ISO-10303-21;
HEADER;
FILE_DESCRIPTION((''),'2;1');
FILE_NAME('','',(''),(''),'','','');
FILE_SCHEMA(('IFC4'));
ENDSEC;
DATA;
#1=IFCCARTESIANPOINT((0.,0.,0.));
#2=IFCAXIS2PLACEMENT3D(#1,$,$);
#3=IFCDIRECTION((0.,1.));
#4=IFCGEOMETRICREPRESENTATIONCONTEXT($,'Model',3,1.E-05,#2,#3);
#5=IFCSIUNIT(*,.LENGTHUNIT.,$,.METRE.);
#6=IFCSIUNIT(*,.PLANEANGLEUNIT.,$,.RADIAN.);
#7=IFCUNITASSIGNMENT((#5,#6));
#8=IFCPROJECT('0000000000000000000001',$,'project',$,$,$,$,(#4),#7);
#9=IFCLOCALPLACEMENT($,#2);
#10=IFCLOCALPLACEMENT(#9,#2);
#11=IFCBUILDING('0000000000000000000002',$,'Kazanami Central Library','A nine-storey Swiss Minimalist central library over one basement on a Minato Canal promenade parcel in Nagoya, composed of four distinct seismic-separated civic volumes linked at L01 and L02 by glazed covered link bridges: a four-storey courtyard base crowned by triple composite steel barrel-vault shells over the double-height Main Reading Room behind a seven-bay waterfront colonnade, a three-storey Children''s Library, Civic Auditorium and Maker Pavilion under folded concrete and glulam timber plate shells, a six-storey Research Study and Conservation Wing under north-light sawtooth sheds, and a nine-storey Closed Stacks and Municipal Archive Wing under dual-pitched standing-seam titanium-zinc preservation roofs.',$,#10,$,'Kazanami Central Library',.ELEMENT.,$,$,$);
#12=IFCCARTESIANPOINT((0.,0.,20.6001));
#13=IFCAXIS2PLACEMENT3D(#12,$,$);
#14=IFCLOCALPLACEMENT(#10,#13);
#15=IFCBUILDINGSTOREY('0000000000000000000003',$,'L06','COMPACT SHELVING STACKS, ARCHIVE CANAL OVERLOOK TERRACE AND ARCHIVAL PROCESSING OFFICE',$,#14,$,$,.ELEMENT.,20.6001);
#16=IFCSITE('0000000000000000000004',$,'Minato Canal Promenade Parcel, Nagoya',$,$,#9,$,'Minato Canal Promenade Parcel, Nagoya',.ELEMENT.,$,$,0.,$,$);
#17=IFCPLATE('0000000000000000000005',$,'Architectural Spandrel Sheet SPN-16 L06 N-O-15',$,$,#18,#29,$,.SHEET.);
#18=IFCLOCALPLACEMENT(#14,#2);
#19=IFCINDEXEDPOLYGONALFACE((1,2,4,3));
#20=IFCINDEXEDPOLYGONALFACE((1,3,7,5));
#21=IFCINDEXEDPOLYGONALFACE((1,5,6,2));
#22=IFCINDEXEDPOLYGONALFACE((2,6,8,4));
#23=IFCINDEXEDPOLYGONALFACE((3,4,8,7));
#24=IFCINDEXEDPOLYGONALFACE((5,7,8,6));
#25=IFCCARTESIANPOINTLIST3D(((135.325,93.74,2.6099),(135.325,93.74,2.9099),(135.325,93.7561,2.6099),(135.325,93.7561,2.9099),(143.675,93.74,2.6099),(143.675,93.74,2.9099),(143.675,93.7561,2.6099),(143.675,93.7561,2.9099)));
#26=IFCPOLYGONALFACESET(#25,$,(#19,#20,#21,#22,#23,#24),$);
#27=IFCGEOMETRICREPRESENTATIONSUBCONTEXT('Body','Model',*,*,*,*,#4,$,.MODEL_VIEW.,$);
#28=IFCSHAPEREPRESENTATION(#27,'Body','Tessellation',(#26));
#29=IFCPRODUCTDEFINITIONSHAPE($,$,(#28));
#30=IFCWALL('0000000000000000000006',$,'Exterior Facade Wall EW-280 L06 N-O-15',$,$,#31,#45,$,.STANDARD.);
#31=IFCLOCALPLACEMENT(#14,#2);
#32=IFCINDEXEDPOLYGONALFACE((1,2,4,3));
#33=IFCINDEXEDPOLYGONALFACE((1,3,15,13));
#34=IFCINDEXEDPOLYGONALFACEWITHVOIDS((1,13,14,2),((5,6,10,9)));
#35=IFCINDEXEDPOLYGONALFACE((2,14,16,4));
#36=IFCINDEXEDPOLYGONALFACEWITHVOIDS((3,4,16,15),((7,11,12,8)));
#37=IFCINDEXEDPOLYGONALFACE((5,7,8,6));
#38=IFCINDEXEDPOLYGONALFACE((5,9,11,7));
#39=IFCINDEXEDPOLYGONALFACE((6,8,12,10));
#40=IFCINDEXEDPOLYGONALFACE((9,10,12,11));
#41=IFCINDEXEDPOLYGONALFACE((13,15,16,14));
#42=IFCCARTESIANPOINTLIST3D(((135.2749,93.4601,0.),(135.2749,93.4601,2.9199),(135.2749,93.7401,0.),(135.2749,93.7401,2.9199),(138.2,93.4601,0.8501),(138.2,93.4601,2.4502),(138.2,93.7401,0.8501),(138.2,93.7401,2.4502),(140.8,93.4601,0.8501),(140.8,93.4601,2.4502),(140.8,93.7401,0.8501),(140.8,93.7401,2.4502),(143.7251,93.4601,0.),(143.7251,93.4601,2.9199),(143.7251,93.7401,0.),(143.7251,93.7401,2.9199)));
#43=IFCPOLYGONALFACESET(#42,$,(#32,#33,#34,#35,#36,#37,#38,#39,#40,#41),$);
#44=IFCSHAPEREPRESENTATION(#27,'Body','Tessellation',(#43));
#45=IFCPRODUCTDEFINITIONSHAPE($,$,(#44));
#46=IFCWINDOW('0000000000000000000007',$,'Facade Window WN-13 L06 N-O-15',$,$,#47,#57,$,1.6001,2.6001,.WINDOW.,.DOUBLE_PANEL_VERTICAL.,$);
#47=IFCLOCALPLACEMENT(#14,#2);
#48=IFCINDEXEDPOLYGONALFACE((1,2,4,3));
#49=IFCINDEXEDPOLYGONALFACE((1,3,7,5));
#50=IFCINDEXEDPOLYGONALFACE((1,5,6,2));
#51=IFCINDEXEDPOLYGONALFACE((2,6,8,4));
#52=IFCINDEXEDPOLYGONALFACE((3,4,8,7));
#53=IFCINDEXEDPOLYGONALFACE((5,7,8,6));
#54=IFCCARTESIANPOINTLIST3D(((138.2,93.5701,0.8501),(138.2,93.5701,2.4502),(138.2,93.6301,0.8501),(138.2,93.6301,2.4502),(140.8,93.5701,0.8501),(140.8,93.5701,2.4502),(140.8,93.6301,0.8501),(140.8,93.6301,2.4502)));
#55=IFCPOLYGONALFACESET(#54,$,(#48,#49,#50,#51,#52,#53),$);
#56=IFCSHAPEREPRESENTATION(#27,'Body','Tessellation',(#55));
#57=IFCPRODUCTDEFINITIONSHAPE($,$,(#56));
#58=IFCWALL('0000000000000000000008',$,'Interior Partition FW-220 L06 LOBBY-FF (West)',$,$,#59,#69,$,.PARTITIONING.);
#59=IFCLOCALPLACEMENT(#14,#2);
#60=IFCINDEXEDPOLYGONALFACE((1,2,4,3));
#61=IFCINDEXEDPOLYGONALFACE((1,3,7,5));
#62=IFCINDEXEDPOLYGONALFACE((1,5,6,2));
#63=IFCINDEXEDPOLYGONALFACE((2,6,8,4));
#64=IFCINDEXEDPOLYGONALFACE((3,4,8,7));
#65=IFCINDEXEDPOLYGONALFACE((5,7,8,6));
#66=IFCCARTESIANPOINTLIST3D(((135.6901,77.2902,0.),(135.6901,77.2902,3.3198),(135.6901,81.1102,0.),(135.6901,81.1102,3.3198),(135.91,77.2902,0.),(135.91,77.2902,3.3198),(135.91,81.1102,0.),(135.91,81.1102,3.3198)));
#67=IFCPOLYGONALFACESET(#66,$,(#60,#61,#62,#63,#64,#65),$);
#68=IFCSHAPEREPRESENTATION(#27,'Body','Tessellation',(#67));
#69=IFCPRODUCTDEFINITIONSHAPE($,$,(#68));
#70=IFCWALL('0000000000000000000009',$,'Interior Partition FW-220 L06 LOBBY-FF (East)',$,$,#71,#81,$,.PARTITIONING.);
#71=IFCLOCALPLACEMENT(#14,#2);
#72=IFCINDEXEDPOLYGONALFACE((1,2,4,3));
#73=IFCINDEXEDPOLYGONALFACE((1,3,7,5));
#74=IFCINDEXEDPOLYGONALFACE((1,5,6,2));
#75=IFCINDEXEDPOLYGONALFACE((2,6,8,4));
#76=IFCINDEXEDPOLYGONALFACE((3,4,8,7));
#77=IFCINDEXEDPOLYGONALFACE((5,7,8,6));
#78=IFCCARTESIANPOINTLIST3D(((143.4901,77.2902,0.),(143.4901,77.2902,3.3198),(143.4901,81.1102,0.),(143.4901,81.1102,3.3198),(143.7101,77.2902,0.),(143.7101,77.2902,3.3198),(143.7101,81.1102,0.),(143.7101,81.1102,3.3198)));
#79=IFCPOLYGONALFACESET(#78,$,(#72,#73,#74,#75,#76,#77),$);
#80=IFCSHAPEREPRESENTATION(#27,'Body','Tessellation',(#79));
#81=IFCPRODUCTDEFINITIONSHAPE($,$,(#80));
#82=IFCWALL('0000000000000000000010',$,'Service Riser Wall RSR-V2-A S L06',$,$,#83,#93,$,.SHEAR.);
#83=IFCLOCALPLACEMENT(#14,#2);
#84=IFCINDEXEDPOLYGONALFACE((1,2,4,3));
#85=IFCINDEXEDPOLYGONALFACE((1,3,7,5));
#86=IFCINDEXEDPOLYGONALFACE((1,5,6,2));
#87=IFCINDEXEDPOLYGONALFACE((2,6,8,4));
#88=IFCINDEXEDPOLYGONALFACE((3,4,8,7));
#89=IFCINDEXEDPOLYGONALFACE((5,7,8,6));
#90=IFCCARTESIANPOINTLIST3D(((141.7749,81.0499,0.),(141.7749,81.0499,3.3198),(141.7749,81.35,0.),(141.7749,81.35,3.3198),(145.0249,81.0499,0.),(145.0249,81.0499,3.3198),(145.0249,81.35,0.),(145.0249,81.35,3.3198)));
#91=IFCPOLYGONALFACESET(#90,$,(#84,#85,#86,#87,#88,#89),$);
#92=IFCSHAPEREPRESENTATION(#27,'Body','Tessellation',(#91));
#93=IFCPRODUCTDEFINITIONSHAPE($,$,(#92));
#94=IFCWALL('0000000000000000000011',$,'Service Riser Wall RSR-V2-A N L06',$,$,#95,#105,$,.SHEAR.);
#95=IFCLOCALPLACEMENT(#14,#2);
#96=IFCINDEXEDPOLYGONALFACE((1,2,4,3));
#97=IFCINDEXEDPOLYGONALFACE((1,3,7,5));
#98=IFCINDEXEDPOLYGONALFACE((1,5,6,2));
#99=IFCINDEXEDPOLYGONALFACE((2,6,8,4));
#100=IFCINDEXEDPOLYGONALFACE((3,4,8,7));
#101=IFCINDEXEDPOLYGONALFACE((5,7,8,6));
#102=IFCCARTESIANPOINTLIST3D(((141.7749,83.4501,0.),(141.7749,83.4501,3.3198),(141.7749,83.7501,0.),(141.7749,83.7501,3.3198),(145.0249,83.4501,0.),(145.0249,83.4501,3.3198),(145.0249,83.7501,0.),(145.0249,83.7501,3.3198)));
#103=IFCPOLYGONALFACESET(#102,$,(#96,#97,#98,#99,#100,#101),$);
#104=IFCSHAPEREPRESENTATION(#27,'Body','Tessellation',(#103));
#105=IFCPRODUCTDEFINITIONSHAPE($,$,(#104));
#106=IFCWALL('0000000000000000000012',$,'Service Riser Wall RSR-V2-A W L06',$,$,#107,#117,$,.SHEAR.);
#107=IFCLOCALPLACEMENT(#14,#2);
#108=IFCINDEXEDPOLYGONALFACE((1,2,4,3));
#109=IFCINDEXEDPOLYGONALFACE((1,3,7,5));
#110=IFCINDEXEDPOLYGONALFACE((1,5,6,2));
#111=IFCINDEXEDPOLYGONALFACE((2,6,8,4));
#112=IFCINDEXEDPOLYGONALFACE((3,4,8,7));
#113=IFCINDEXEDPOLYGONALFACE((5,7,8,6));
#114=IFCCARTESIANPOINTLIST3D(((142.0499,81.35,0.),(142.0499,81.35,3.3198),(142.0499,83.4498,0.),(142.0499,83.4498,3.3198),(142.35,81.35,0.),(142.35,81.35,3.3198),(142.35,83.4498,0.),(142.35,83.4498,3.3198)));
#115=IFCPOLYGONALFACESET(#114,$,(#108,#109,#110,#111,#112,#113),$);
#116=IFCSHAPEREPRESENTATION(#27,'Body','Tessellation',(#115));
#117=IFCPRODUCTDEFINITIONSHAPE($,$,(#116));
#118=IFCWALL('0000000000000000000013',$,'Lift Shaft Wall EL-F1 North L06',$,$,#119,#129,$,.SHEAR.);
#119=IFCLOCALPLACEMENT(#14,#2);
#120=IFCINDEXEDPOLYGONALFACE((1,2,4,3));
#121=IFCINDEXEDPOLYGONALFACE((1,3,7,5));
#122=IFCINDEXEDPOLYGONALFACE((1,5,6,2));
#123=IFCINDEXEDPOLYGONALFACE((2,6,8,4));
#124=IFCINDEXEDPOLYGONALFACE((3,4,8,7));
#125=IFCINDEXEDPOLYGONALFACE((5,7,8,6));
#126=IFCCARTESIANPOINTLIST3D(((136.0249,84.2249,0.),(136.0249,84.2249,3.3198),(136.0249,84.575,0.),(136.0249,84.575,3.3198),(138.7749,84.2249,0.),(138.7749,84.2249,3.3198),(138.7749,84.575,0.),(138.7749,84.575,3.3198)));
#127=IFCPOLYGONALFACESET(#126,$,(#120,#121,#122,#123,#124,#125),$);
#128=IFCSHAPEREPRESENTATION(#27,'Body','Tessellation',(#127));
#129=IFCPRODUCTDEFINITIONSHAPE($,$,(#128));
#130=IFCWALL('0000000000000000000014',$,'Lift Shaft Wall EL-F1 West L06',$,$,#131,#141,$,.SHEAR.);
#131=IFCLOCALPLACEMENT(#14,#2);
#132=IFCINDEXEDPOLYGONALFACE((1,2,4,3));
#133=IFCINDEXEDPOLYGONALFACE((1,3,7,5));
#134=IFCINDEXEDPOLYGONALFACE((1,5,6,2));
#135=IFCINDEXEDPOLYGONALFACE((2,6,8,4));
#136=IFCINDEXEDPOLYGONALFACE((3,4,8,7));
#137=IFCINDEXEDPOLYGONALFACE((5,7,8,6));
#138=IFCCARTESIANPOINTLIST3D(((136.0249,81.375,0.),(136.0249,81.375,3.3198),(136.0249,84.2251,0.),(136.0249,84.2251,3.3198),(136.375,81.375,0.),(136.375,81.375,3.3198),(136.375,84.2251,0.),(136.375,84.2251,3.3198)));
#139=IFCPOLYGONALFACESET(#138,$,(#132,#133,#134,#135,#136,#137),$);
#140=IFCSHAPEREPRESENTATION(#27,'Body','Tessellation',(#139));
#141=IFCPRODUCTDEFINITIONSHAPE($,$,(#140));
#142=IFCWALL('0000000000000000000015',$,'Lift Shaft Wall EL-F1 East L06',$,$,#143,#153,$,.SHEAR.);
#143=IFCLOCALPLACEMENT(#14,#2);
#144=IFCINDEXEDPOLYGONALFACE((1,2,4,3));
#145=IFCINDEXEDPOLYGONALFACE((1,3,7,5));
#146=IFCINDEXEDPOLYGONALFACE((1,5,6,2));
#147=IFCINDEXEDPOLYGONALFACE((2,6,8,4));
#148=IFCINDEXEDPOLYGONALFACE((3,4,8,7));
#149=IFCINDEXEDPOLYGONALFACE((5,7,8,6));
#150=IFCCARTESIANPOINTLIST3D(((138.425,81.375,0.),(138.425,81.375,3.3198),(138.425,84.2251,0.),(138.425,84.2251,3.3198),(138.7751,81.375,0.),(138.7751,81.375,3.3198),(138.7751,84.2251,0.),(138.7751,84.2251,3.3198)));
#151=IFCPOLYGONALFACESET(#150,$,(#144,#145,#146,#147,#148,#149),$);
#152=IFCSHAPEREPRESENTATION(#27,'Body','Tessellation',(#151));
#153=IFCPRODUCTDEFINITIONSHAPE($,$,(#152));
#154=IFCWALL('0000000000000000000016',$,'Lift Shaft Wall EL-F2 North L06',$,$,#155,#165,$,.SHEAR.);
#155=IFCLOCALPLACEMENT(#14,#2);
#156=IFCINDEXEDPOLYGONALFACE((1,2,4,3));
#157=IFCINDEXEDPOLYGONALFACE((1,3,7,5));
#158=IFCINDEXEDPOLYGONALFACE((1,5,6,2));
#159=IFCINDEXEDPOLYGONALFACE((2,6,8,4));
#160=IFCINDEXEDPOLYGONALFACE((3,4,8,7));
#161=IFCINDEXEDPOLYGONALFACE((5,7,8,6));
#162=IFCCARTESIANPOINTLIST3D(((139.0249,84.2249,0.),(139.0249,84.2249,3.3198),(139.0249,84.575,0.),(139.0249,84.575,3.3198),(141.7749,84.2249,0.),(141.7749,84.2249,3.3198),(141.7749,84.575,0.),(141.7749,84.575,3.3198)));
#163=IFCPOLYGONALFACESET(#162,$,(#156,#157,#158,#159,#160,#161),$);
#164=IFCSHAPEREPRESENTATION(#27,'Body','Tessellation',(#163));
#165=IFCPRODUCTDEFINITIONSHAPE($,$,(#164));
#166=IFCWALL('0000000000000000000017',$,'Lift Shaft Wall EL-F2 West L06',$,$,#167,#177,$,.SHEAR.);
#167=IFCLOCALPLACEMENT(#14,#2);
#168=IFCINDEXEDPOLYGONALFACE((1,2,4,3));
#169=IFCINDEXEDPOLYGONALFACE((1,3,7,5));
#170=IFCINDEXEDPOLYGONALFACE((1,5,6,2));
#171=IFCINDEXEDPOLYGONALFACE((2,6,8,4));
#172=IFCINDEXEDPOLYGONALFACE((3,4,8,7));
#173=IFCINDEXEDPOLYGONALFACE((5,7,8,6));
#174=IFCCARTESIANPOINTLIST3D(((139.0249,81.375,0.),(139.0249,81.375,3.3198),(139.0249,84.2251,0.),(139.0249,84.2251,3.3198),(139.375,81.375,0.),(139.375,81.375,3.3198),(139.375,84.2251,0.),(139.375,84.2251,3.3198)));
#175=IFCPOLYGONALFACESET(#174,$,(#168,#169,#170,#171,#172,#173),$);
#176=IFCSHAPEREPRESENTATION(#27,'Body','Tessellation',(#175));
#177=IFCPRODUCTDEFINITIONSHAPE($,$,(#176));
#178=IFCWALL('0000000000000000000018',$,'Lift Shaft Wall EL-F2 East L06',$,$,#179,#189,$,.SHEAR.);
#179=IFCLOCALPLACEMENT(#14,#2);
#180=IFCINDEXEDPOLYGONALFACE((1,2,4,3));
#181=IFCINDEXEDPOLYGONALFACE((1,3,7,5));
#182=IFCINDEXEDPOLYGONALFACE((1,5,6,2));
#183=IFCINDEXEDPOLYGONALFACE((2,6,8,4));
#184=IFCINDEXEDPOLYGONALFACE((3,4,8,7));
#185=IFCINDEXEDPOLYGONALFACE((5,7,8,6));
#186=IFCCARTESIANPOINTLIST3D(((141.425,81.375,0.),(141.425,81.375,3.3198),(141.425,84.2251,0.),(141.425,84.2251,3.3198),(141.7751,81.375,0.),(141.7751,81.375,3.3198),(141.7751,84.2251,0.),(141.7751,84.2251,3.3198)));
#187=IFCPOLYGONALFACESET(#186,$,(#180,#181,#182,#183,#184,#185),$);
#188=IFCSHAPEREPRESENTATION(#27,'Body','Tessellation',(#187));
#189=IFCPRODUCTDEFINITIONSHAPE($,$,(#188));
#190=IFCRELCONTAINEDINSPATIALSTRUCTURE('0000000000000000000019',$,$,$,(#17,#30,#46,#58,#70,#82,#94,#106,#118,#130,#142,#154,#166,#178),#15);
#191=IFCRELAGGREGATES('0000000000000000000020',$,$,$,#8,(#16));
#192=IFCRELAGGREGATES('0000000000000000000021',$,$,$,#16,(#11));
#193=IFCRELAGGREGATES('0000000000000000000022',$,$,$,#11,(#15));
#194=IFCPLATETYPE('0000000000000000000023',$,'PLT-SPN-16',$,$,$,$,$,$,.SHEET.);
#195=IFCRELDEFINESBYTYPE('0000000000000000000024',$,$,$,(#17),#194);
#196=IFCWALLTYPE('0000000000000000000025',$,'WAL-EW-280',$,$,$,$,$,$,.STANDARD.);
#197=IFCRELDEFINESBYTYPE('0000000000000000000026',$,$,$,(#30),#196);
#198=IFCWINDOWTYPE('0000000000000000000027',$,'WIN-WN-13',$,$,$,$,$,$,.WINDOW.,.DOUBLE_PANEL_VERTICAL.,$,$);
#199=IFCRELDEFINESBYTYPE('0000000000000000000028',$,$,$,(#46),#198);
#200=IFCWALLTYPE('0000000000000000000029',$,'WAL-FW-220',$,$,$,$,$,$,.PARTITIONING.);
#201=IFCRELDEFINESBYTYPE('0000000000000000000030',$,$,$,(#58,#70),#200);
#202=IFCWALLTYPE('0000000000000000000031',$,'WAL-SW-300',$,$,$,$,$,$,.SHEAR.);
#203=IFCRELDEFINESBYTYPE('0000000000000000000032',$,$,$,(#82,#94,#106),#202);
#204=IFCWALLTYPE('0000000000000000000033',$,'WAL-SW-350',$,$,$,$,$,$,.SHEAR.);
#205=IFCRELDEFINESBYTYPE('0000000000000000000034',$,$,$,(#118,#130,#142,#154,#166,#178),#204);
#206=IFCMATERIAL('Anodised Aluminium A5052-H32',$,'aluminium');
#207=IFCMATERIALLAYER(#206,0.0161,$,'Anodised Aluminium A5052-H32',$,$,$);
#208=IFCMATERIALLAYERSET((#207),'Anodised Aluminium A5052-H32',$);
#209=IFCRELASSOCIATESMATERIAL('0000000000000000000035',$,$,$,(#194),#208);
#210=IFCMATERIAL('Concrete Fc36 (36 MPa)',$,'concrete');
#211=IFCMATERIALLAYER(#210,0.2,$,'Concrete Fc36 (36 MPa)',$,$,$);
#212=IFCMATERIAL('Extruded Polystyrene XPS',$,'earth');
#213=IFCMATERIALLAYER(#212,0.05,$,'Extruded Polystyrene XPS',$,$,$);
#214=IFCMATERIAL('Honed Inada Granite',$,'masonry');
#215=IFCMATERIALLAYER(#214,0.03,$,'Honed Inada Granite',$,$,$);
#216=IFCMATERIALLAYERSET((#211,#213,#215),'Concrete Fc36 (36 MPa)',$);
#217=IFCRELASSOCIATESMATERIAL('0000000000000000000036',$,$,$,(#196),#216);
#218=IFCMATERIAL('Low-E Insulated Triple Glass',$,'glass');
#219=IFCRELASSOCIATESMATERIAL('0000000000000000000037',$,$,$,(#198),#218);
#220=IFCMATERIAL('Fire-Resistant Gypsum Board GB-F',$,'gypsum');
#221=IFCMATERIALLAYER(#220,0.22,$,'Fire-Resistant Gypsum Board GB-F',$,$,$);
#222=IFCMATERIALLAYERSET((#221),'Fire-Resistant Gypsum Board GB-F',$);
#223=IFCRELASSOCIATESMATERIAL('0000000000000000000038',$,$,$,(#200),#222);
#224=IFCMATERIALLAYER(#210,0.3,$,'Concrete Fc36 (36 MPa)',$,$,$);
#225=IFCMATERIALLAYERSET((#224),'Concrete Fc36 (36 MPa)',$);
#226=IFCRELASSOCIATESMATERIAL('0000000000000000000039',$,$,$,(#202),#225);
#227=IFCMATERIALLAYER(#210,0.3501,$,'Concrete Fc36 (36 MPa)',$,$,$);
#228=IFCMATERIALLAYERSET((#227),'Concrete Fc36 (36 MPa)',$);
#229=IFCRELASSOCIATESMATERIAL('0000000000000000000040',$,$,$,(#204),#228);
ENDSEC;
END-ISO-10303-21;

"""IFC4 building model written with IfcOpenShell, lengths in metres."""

from ifc_helpers import new_model, si_unit, direction, frame, frame_2d, origin, origin_2d, place, context, subcontext, project, spatial, rectangle, extrude, material, layer, layer_set, type_object, element, fill, save


model = new_model("IFC4")

# Units and contexts
model_context = context("Model", 3, precision=1e-05, world=origin(), true_north=direction((0.0, 1.0)))
body_context = subcontext(model_context, "Body", "Model", "MODEL_VIEW")
ifc_project = project(units=[si_unit("LENGTHUNIT", "METRE"), si_unit("PLANEANGLEUNIT", "RADIAN")], contexts=[model_context])

# Site, building, storey
site_placement = place(None, origin())
site = spatial("IfcSite", under=ifc_project, at=site_placement, Name="Minato Canal Promenade Parcel, Nagoya", LongName="Minato Canal Promenade Parcel, Nagoya", CompositionType="ELEMENT", RefElevation=0.0)
building_placement = place(site_placement, origin())
building = spatial("IfcBuilding", under=site, at=building_placement, Name="Kazanami Central Library", Description="A nine-storey Swiss Minimalist central library over one basement on a Minato Canal promenade parcel in Nagoya, composed of four distinct seismic-separated civic volumes linked at L01 and L02 by glazed covered link bridges: a four-storey courtyard base crowned by triple composite steel barrel-vault shells over the double-height Main Reading Room behind a seven-bay waterfront colonnade, a three-storey Children's Library, Civic Auditorium and Maker Pavilion under folded concrete and glulam timber plate shells, a six-storey Research Study and Conservation Wing under north-light sawtooth sheds, and a nine-storey Closed Stacks and Municipal Archive Wing under dual-pitched standing-seam titanium-zinc preservation roofs.", LongName="Kazanami Central Library", CompositionType="ELEMENT")
storey_placement = place(building_placement, frame((0.0, 0.0, 20.6001)))
storey = spatial("IfcBuildingStorey", under=building, at=storey_placement, Name="L06", Description="COMPACT SHELVING STACKS, ARCHIVE CANAL OVERLOOK TERRACE AND ARCHIVAL PROCESSING OFFICE", CompositionType="ELEMENT", Elevation=20.6001)

# Plate
ifc_material_1 = material(Name="Anodised Aluminium A5052-H32", Category="aluminium")
ifc_layer_1 = layer(ifc_material_1, 0.0161, Name="Anodised Aluminium A5052-H32")
ifc_layer_set_1 = layer_set([ifc_layer_1], Name="Anodised Aluminium A5052-H32")
plate_type = type_object("IfcPlateType", Name="PLT-SPN-16", PredefinedType="SHEET", material=ifc_layer_set_1)
plate_placement = place(storey_placement, frame((139.5, 93.748, 2.6099), z_axis=(0.0, 0.0, 1.0), x_axis=(-1.0, 0.0, 0.0)))
element("IfcPlate", 1, at=plate_placement, inside=storey, type_object=plate_type, Name="Architectural Spandrel Sheet SPN-16 L06 N-O-15", PredefinedType="SHEET", context=body_context, shape_type="SweptSolid", body=[
    extrude(rectangle(XDim=8.3501, YDim=0.0161, at=origin_2d()), origin(), (0.0, 0.0, 1.0), 0.3),
])

# Wall, opening, window
ifc_material_2 = material(Name="Concrete Fc36 (36 MPa)", Category="concrete")
ifc_layer_2 = layer(ifc_material_2, 0.2, Name="Concrete Fc36 (36 MPa)")
ifc_material_3 = material(Name="Extruded Polystyrene XPS", Category="earth")
ifc_layer_3 = layer(ifc_material_3, 0.05, Name="Extruded Polystyrene XPS")
ifc_material_4 = material(Name="Honed Inada Granite", Category="masonry")
ifc_layer_4 = layer(ifc_material_4, 0.03, Name="Honed Inada Granite")
ifc_layer_set_2 = layer_set([ifc_layer_2, ifc_layer_3, ifc_layer_4], Name="Concrete Fc36 (36 MPa)")
wall_type_1 = type_object("IfcWallType", Name="WAL-EW-280", PredefinedType="STANDARD", material=ifc_layer_set_2)
wall_1_placement = place(storey_placement, frame((143.7251, 93.6001, 0.0), z_axis=(0.0, 0.0, 1.0), x_axis=(-1.0, 0.0, 0.0)))
wall_1 = element("IfcWall", 2, at=wall_1_placement, inside=storey, type_object=wall_type_1, Name="Exterior Facade Wall EW-280 L06 N-O-15", PredefinedType="STANDARD", context=body_context, shape_type="SweptSolid", body=[
    extrude(rectangle(XDim=8.4502, YDim=0.28, at=frame_2d((4.2251, 0.0))), origin(), (0.0, 0.0, 1.0), 2.9199),
])
opening_1_placement = place(wall_1_placement, frame((2.925, 0.0, 0.8501)))
opening_1 = element("IfcOpeningElement", 3, at=opening_1_placement, cuts=wall_1, PredefinedType="OPENING", context=body_context, shape_type="SweptSolid", body=[
    extrude(rectangle(XDim=2.6001, YDim=1.6001, at=frame_2d((1.3, 0.8))), frame((0.0, 0.1519, 0.0), z_axis=(0.0, -1.0, 0.0), x_axis=(1.0, 0.0, 0.0)), (0.0, 0.0, 1.0), 0.304),
])
ifc_material_5 = material(Name="Low-E Insulated Triple Glass", Category="glass")
window_type = type_object("IfcWindowType", Name="WIN-WN-13", PartitioningType="DOUBLE_PANEL_VERTICAL", PredefinedType="WINDOW", material=ifc_material_5)
window_placement = place(opening_1_placement, origin())
window = element("IfcWindow", 4, at=window_placement, inside=storey, type_object=window_type, Name="Facade Window WN-13 L06 N-O-15", OverallHeight=1.6001, OverallWidth=2.6001, PartitioningType="DOUBLE_PANEL_VERTICAL", PredefinedType="WINDOW", context=body_context, shape_type="SweptSolid", body=[
    extrude(rectangle(XDim=2.6001, YDim=1.6001, at=frame_2d((1.3, 0.8))), frame((0.0, 0.03, 0.0), z_axis=(0.0, -1.0, 0.0), x_axis=(1.0, 0.0, 0.0)), (0.0, 0.0, 1.0), 0.0601),
])
fill(opening_1, window)

# Walls
ifc_material_6 = material(Name="Fire-Resistant Gypsum Board GB-F", Category="gypsum")
ifc_layer_5 = layer(ifc_material_6, 0.22, Name="Fire-Resistant Gypsum Board GB-F")
ifc_layer_set_3 = layer_set([ifc_layer_5], Name="Fire-Resistant Gypsum Board GB-F")
wall_type_2 = type_object("IfcWallType", Name="WAL-FW-220", PredefinedType="PARTITIONING", material=ifc_layer_set_3)
for number, where, z_axis, x_axis, name in (
    (5, (135.8, 77.29, 0.0), (0.0, 0.0, 1.0), (0.0, 1.0, 0.0), "Interior Partition FW-220 L06 LOBBY-FF (West)"),
    (6, (143.6001, 77.29, 0.0), (0.0, 0.0, 1.0), (0.0, 1.0, 0.0), "Interior Partition FW-220 L06 LOBBY-FF (East)"),
):
    element("IfcWall", number, at=place(storey_placement, frame(where, z_axis=z_axis, x_axis=x_axis)), inside=storey, type_object=wall_type_2, Name=name, PredefinedType="PARTITIONING", context=body_context, shape_type="SweptSolid", body=[
        extrude(rectangle(XDim=3.8201, YDim=0.22, at=frame_2d((1.9102, 0.0))), origin(), (0.0, 0.0, 1.0), 3.3198),
    ])
ifc_layer_6 = layer(ifc_material_2, 0.3, Name="Concrete Fc36 (36 MPa)")
ifc_layer_set_4 = layer_set([ifc_layer_6], Name="Concrete Fc36 (36 MPa)")
wall_type_3 = type_object("IfcWallType", Name="WAL-SW-300", PredefinedType="SHEAR", material=ifc_layer_set_4)
for number, where, z_axis, x_axis, name in (
    (7, (141.7749, 81.2, 0.0), (0.0, 0.0, 1.0), (1.0, 0.0, 0.0), "Service Riser Wall RSR-V2-A S L06"),
    (8, (141.7749, 83.6001, 0.0), (0.0, 0.0, 1.0), (1.0, 0.0, 0.0), "Service Riser Wall RSR-V2-A N L06"),
):
    element("IfcWall", number, at=place(storey_placement, frame(where, z_axis=z_axis, x_axis=x_axis)), inside=storey, type_object=wall_type_3, Name=name, PredefinedType="SHEAR", context=body_context, shape_type="SweptSolid", body=[
        extrude(rectangle(XDim=3.25, YDim=0.3, at=frame_2d((1.625, 0.0))), origin(), (0.0, 0.0, 1.0), 3.3198),
    ])
wall_2_placement = place(storey_placement, frame((142.2, 81.3501, 0.0), z_axis=(0.0, 0.0, 1.0), x_axis=(0.0, 1.0, 0.0)))
element("IfcWall", 9, at=wall_2_placement, inside=storey, type_object=wall_type_3, Name="Service Riser Wall RSR-V2-A W L06", PredefinedType="SHEAR", context=body_context, shape_type="SweptSolid", body=[
    extrude(rectangle(XDim=2.0999, YDim=0.3, at=frame_2d((1.0498, 0.0))), origin(), (0.0, 0.0, 1.0), 3.3198),
])

# Shared definitions
ifc_layer_7 = layer(ifc_material_2, 0.3501, Name="Concrete Fc36 (36 MPa)")
ifc_layer_set_5 = layer_set([ifc_layer_7], Name="Concrete Fc36 (36 MPa)")
wall_type_4 = type_object("IfcWallType", Name="WAL-SW-350", PredefinedType="SHEAR", material=ifc_layer_set_5)

# Walls
wall_3_placement = place(storey_placement, frame((136.0249, 84.3999, 0.0), z_axis=(0.0, 0.0, 1.0), x_axis=(1.0, 0.0, 0.0)))
element("IfcWall", 10, at=wall_3_placement, inside=storey, type_object=wall_type_4, Name="Lift Shaft Wall EL-F1 North L06", PredefinedType="SHEAR", context=body_context, shape_type="SweptSolid", body=[
    extrude(rectangle(XDim=2.75, YDim=0.3501, at=frame_2d((1.375, 0.0))), origin(), (0.0, 0.0, 1.0), 3.3198),
])
for number, where, z_axis, x_axis, name in (
    (11, (136.2, 81.375, 0.0), (0.0, 0.0, 1.0), (0.0, 1.0, 0.0), "Lift Shaft Wall EL-F1 West L06"),
    (12, (138.6001, 81.375, 0.0), (0.0, 0.0, 1.0), (0.0, 1.0, 0.0), "Lift Shaft Wall EL-F1 East L06"),
):
    element("IfcWall", number, at=place(storey_placement, frame(where, z_axis=z_axis, x_axis=x_axis)), inside=storey, type_object=wall_type_4, Name=name, PredefinedType="SHEAR", context=body_context, shape_type="SweptSolid", body=[
        extrude(rectangle(XDim=2.8501, YDim=0.3501, at=frame_2d((1.425, 0.0))), origin(), (0.0, 0.0, 1.0), 3.3198),
    ])

# Walls
wall_4_placement = place(storey_placement, frame((139.0249, 84.3999, 0.0), z_axis=(0.0, 0.0, 1.0), x_axis=(1.0, 0.0, 0.0)))
element("IfcWall", 13, at=wall_4_placement, inside=storey, type_object=wall_type_4, Name="Lift Shaft Wall EL-F2 North L06", PredefinedType="SHEAR", context=body_context, shape_type="SweptSolid", body=[
    extrude(rectangle(XDim=2.75, YDim=0.3501, at=frame_2d((1.375, 0.0))), origin(), (0.0, 0.0, 1.0), 3.3198),
])
for number, where, z_axis, x_axis, name in (
    (14, (139.2, 81.375, 0.0), (0.0, 0.0, 1.0), (0.0, 1.0, 0.0), "Lift Shaft Wall EL-F2 West L06"),
    (15, (141.6001, 81.375, 0.0), (0.0, 0.0, 1.0), (0.0, 1.0, 0.0), "Lift Shaft Wall EL-F2 East L06"),
):
    element("IfcWall", number, at=place(storey_placement, frame(where, z_axis=z_axis, x_axis=x_axis)), inside=storey, type_object=wall_type_4, Name=name, PredefinedType="SHEAR", context=body_context, shape_type="SweptSolid", body=[
        extrude(rectangle(XDim=2.8501, YDim=0.3501, at=frame_2d((1.425, 0.0))), origin(), (0.0, 0.0, 1.0), 3.3198),
    ])

save(model, "model.ifc")
